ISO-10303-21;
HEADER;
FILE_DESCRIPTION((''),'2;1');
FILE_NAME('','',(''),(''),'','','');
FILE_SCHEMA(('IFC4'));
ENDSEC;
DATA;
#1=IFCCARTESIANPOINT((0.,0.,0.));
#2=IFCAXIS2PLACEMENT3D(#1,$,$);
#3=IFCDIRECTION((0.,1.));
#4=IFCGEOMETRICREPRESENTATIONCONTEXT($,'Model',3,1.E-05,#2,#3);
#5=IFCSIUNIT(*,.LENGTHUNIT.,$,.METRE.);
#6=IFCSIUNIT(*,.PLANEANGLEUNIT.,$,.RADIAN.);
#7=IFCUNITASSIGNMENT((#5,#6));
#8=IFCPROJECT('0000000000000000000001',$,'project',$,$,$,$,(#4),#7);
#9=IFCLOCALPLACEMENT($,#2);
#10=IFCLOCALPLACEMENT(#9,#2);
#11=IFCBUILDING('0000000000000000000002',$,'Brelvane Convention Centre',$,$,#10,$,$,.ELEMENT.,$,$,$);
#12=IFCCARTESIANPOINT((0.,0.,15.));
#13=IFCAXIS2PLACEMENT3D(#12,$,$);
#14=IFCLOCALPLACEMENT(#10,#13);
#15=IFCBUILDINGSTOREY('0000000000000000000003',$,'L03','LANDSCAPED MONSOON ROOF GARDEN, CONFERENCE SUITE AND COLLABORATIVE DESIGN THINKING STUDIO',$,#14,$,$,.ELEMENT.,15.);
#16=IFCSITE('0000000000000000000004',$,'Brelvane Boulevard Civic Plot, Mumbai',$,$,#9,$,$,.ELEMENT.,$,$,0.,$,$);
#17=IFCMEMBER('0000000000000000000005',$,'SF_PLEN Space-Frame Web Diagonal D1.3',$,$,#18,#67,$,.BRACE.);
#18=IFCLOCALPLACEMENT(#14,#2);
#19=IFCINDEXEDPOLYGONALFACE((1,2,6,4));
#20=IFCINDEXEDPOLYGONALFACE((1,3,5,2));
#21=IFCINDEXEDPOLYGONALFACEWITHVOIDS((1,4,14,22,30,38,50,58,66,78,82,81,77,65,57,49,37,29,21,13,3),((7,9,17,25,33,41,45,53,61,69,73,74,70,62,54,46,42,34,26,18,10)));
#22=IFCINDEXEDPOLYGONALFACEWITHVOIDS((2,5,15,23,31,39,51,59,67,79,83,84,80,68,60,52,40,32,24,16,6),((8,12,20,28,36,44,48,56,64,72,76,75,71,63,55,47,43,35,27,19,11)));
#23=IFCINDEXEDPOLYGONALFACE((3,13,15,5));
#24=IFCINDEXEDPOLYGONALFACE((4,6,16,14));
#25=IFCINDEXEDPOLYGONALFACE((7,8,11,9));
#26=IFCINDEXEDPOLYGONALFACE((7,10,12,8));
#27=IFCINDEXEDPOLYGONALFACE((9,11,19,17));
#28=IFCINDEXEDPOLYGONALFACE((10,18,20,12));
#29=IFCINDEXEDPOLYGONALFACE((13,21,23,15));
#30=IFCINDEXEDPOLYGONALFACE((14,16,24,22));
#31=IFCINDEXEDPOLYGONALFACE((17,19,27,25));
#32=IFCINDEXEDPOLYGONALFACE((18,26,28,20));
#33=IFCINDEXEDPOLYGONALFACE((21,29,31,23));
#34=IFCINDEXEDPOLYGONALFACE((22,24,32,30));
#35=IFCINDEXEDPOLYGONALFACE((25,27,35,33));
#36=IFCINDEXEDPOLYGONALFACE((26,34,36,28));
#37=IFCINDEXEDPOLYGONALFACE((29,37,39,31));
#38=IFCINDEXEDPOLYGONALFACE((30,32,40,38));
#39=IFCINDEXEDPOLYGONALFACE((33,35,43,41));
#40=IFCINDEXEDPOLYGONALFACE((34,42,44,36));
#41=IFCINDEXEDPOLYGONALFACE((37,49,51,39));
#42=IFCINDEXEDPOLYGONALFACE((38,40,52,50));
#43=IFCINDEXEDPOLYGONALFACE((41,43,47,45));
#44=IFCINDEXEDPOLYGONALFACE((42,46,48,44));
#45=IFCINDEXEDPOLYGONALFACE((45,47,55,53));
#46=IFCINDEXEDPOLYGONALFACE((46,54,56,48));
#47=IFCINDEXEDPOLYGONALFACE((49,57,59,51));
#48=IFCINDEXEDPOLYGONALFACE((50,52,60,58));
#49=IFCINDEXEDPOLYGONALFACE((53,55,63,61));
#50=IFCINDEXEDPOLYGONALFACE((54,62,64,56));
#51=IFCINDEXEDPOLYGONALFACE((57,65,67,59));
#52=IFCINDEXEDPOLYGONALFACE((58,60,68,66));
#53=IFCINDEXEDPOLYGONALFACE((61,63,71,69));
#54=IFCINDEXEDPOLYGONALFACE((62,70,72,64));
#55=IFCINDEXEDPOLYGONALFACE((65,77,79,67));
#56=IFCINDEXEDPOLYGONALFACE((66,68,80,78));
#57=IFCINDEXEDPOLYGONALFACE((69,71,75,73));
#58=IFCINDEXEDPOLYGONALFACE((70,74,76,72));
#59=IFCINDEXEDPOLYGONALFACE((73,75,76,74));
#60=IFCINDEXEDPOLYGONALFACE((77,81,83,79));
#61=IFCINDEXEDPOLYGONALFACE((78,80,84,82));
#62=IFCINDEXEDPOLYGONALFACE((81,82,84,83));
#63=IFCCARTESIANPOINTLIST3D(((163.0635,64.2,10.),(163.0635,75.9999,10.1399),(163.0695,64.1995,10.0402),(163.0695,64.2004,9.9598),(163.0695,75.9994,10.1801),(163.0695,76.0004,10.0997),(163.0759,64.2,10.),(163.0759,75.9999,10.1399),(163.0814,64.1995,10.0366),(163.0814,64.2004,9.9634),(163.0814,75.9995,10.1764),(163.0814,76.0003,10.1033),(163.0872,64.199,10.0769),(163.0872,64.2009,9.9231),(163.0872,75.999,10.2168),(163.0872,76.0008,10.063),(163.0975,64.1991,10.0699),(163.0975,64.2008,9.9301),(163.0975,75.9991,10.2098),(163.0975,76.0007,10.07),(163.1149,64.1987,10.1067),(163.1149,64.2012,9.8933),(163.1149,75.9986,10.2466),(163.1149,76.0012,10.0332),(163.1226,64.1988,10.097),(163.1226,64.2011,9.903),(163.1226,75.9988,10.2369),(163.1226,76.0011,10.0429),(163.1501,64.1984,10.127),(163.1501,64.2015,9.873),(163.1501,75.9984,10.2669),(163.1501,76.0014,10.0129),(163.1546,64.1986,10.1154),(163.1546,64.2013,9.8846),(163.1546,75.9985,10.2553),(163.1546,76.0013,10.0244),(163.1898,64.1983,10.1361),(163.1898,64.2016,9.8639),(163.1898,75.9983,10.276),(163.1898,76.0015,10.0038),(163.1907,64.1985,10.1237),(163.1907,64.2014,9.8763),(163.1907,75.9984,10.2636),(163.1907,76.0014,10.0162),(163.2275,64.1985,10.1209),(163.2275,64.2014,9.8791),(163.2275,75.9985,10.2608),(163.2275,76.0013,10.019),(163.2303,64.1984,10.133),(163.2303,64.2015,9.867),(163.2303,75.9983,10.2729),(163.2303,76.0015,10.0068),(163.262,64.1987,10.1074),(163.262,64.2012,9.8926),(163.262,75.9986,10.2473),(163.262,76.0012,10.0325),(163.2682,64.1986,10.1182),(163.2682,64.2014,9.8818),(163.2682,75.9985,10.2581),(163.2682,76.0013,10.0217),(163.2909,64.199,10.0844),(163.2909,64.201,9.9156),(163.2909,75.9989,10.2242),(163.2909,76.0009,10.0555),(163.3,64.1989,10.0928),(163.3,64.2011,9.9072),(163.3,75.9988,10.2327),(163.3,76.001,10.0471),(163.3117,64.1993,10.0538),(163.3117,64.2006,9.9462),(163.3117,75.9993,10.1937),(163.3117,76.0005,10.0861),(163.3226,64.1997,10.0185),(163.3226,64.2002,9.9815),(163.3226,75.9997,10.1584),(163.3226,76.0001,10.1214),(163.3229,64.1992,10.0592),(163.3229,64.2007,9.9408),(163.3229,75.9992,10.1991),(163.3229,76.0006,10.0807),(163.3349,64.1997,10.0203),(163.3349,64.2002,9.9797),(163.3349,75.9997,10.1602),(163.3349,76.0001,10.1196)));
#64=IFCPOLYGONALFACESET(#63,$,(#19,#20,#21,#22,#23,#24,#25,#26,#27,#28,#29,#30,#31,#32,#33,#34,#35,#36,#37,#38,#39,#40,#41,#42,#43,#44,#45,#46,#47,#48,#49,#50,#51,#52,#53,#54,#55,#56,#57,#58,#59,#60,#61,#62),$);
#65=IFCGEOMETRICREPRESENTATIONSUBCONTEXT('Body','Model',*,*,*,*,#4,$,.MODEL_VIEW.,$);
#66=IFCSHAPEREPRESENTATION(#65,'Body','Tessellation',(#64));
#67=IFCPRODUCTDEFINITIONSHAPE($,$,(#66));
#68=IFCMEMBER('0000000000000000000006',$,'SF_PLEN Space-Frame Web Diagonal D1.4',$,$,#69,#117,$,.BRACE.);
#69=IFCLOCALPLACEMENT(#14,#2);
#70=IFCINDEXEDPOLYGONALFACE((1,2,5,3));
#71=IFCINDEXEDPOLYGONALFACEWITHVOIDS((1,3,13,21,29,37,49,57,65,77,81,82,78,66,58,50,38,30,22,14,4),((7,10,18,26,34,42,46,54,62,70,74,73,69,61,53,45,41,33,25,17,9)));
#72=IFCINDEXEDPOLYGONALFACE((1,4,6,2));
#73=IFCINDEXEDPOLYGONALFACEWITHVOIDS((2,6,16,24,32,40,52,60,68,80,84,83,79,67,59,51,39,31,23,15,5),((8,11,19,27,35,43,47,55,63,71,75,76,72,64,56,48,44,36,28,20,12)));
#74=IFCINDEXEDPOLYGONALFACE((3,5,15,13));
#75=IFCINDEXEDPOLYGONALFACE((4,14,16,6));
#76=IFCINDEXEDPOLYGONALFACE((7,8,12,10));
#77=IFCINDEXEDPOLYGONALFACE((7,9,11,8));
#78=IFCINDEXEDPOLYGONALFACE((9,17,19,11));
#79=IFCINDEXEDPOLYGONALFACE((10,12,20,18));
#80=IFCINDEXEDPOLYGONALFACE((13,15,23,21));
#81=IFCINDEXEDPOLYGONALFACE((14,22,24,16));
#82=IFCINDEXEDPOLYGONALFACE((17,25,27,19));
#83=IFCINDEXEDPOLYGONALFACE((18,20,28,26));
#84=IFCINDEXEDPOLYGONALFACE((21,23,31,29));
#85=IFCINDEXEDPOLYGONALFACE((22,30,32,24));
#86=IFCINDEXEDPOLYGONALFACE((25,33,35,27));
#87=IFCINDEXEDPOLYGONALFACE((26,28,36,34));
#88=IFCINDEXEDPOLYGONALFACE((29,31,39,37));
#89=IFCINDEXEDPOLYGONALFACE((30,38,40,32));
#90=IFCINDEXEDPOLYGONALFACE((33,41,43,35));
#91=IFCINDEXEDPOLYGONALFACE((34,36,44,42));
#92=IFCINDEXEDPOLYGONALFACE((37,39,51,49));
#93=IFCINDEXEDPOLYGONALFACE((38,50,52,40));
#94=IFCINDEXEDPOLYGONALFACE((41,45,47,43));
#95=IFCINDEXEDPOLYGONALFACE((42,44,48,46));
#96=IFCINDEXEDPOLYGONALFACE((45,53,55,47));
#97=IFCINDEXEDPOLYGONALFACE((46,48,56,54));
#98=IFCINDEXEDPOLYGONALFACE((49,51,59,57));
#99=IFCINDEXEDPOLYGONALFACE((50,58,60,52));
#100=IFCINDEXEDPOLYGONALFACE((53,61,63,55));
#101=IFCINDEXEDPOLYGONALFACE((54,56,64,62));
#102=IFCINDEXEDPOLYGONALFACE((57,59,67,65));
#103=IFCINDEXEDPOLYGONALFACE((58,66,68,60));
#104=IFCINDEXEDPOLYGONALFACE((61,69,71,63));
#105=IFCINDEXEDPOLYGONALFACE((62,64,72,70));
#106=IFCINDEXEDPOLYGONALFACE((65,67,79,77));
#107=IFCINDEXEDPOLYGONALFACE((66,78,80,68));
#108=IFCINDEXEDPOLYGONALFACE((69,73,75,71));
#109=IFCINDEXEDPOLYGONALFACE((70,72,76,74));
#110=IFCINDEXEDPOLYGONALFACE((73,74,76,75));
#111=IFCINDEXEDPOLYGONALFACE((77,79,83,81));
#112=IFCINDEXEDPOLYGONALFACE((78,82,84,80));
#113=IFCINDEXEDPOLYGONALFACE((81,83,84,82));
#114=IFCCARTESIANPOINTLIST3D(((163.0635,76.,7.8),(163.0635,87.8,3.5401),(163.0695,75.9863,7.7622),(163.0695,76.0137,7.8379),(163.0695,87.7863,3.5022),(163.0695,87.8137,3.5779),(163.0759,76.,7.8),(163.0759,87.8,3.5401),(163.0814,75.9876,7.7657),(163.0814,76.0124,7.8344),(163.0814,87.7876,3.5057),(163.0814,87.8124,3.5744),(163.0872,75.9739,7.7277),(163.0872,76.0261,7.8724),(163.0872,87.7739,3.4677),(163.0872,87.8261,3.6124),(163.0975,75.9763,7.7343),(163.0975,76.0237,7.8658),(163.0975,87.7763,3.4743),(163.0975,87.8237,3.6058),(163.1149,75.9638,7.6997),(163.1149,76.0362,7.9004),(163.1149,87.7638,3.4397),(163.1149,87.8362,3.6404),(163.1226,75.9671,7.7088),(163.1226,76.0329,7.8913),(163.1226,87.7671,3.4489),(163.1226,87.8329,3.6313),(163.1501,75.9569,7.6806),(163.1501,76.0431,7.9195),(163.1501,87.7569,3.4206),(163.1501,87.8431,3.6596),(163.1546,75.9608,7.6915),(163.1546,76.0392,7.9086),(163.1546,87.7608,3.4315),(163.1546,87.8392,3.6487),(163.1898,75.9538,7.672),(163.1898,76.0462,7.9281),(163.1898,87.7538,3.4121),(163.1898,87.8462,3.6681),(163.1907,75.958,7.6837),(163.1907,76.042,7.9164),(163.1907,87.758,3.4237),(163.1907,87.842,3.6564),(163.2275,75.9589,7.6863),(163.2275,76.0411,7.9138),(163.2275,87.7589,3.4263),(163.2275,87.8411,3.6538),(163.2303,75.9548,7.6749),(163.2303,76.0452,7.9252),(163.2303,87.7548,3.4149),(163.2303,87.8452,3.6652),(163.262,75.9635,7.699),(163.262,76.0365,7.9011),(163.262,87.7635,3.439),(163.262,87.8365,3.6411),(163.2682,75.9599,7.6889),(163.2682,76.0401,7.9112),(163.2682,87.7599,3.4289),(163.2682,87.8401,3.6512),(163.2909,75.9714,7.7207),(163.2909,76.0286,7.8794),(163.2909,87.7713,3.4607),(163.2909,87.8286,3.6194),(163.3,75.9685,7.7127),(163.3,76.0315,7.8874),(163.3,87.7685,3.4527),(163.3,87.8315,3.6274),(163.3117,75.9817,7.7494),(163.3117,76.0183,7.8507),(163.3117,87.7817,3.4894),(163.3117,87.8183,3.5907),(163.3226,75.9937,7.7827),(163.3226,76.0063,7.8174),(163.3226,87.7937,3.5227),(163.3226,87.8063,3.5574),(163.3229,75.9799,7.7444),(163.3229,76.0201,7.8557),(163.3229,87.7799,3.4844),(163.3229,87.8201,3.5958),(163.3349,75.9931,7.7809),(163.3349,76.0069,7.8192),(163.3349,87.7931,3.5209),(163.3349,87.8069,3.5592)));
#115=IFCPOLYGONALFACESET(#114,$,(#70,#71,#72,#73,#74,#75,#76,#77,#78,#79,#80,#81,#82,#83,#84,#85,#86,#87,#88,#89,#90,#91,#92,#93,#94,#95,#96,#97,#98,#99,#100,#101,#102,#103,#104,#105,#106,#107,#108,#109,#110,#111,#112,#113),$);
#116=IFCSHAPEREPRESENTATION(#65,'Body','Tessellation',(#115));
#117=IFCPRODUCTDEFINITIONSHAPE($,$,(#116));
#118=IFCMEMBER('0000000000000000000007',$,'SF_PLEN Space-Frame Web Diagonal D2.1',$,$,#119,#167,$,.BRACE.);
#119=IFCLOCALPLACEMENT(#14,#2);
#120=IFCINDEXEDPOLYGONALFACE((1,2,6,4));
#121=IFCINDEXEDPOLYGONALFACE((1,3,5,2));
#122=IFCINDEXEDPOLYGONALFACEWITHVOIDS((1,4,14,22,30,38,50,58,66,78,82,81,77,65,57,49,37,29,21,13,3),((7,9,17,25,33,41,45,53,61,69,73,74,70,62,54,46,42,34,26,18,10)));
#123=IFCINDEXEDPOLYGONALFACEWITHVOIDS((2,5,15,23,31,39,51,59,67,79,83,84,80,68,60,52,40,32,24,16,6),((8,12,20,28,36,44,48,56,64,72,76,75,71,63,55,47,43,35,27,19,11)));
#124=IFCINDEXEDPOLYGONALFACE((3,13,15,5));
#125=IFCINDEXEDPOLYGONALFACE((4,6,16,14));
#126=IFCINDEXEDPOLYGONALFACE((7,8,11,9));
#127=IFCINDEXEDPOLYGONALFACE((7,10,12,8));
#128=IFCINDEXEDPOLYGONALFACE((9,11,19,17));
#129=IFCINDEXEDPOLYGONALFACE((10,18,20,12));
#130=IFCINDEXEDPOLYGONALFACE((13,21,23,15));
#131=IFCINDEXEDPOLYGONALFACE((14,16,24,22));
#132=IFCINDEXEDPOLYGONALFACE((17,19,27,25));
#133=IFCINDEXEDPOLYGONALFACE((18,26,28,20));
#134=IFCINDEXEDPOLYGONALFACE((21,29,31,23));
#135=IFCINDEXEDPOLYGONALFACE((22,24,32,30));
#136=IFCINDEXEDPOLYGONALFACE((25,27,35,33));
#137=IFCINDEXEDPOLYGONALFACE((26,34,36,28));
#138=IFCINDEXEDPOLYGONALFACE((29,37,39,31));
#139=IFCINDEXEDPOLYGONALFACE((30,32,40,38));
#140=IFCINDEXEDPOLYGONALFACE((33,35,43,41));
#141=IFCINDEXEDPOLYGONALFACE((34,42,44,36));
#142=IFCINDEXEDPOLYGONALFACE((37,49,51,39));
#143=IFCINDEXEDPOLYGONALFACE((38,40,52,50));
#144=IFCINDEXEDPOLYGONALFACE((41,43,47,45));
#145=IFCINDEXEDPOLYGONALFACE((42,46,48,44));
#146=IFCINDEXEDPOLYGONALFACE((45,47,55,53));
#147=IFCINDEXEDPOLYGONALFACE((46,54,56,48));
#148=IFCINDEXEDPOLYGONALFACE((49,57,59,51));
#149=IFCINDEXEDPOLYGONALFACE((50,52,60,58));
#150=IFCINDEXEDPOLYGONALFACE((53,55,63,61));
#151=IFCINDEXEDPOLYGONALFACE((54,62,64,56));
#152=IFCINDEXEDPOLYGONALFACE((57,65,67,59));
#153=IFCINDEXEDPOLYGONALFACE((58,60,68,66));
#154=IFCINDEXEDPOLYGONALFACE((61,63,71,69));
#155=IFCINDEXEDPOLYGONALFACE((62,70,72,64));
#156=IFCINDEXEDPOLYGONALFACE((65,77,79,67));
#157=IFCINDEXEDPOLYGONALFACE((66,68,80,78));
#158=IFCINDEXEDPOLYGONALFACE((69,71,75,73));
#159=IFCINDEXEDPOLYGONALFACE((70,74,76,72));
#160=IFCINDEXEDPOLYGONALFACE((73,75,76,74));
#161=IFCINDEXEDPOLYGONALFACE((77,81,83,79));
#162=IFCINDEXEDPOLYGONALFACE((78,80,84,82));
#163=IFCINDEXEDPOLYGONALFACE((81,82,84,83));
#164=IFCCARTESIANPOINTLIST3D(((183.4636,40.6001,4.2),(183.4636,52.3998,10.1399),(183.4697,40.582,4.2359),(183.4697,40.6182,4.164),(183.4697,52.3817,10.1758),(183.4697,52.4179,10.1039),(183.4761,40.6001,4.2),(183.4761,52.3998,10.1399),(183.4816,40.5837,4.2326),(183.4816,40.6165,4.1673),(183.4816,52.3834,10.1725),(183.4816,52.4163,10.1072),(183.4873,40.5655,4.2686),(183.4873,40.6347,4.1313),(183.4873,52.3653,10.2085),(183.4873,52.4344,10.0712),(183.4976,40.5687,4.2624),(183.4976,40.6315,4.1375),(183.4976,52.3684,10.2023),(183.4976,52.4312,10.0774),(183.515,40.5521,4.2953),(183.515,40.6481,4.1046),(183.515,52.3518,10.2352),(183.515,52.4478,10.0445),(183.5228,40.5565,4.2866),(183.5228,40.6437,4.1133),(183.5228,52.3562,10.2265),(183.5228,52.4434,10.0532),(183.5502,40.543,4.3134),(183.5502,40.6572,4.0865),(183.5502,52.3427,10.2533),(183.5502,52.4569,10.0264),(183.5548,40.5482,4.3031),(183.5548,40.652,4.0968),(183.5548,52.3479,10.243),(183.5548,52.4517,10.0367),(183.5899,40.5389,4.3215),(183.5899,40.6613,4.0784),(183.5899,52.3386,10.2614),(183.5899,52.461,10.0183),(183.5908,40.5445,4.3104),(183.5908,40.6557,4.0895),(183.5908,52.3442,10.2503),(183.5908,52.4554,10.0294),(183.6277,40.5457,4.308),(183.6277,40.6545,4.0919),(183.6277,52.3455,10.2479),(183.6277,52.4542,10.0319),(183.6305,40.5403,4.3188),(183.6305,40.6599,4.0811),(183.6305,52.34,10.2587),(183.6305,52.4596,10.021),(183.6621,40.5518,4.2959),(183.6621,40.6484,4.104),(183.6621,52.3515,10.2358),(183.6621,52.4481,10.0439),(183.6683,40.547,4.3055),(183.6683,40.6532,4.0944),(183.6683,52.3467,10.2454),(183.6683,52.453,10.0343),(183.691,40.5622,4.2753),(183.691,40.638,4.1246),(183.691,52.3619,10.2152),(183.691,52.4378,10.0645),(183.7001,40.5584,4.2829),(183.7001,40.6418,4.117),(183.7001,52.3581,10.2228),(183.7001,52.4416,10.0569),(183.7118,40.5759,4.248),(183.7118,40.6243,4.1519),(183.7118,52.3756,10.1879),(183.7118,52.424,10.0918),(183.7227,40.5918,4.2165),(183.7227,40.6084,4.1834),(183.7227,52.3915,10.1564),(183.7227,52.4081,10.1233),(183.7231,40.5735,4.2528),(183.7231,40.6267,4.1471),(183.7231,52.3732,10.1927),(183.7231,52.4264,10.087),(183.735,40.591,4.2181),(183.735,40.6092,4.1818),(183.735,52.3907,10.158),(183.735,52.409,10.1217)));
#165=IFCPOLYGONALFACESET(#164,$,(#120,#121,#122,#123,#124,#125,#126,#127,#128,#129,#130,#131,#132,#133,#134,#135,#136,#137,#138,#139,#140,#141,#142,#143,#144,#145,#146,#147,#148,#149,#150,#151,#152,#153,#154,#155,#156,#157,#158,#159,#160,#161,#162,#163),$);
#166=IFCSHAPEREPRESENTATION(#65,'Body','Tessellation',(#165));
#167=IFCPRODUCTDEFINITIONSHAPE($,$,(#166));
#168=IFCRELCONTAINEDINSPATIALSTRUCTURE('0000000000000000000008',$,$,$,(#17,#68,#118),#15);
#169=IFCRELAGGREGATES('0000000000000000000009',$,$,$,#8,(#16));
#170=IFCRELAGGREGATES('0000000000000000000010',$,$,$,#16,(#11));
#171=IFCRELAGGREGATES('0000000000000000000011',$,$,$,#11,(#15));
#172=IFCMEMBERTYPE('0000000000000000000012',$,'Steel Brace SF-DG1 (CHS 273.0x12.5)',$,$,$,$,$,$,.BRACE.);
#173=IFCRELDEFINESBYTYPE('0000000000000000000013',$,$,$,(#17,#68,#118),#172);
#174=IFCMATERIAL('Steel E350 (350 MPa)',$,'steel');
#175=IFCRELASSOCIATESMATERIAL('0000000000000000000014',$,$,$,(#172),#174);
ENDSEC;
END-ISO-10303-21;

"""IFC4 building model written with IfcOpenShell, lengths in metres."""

from ifc_helpers import new_model, si_unit, direction, frame, origin, origin_2d, place, context, subcontext, project, spatial, hollow_circle, extrude, material, material_profile, profile_set, type_object, element, save


model = new_model("IFC4")

# Units and contexts
model_context = context("Model", 3, precision=1e-05, world=origin(), true_north=direction((0.0, 1.0)))
body_context = subcontext(model_context, "Body", "Model", "MODEL_VIEW")
ifc_project = project(units=[si_unit("LENGTHUNIT", "METRE"), si_unit("PLANEANGLEUNIT", "RADIAN")], contexts=[model_context])

# Site, building, storey
site_placement = place(None, origin())
site = spatial("IfcSite", under=ifc_project, at=site_placement, Name="Brelvane Boulevard Civic Plot, Mumbai", CompositionType="ELEMENT", RefElevation=0.0)
building_placement = place(site_placement, origin())
building = spatial("IfcBuilding", under=site, at=building_placement, Name="Brelvane Convention Centre", CompositionType="ELEMENT")
storey_placement = place(building_placement, frame((0.0, 0.0, 15.0)))
storey = spatial("IfcBuildingStorey", under=building, at=storey_placement, Name="L03", Description="LANDSCAPED MONSOON ROOF GARDEN, CONFERENCE SUITE AND COLLABORATIVE DESIGN THINKING STUDIO", CompositionType="ELEMENT", Elevation=15.0)

# Members
ifc_material_1 = material(Name="Steel E350 (350 MPa)", Category="steel")
ifc_material_profile_1 = material_profile(ifc_material_1, hollow_circle(Radius=0.1365, WallThickness=0.0125, at=origin_2d()), Name="CHS 273.0x12.5")
ifc_profile_set_1 = profile_set([ifc_material_profile_1], Name="Steel E350 (350 MPa)")
member_type_1 = type_object("IfcMemberType", Name="Steel Brace SF-DG1 (CHS 273.0x12.5)", PredefinedType="BRACE", material=ifc_profile_set_1)
member_1_placement = place(storey_placement, frame((163.2, 64.2, 10.0), z_axis=(0.0, 0.99993, 0.011854), x_axis=(-1.0, 0.0, 0.0)))
element("IfcMember", 1, at=member_1_placement, inside=storey, type_object=member_type_1, Name="SF_PLEN Space-Frame Web Diagonal D1.3", PredefinedType="BRACE", context=body_context, shape_type="SweptSolid", body=[
    extrude(hollow_circle(Radius=0.1365, WallThickness=0.0125, at=origin_2d()), origin(), (0.0, 0.0, 1.0), 11.8008),
])
member_2_placement = place(storey_placement, frame((163.2, 76.0, 7.8), z_axis=(0.0, 0.940582, -0.339566), x_axis=(-1.0, 0.0, 0.0)))
element("IfcMember", 2, at=member_2_placement, inside=storey, type_object=member_type_1, Name="SF_PLEN Space-Frame Web Diagonal D1.4", PredefinedType="BRACE", context=body_context, shape_type="SweptSolid", body=[
    extrude(hollow_circle(Radius=0.1365, WallThickness=0.0125, at=origin_2d()), origin(), (0.0, 0.0, 1.0), 12.5454),
])
member_3_placement = place(storey_placement, frame((183.6001, 40.6001, 4.2), z_axis=(0.0, 0.893212, 0.449637), x_axis=(-1.0, 0.0, 0.0)))
element("IfcMember", 3, at=member_3_placement, inside=storey, type_object=member_type_1, Name="SF_PLEN Space-Frame Web Diagonal D2.1", PredefinedType="BRACE", context=body_context, shape_type="SweptSolid", body=[
    extrude(hollow_circle(Radius=0.1365, WallThickness=0.0125, at=origin_2d()), origin(), (0.0, 0.0, 1.0), 13.2104),
])

save(model, "model.ifc")
